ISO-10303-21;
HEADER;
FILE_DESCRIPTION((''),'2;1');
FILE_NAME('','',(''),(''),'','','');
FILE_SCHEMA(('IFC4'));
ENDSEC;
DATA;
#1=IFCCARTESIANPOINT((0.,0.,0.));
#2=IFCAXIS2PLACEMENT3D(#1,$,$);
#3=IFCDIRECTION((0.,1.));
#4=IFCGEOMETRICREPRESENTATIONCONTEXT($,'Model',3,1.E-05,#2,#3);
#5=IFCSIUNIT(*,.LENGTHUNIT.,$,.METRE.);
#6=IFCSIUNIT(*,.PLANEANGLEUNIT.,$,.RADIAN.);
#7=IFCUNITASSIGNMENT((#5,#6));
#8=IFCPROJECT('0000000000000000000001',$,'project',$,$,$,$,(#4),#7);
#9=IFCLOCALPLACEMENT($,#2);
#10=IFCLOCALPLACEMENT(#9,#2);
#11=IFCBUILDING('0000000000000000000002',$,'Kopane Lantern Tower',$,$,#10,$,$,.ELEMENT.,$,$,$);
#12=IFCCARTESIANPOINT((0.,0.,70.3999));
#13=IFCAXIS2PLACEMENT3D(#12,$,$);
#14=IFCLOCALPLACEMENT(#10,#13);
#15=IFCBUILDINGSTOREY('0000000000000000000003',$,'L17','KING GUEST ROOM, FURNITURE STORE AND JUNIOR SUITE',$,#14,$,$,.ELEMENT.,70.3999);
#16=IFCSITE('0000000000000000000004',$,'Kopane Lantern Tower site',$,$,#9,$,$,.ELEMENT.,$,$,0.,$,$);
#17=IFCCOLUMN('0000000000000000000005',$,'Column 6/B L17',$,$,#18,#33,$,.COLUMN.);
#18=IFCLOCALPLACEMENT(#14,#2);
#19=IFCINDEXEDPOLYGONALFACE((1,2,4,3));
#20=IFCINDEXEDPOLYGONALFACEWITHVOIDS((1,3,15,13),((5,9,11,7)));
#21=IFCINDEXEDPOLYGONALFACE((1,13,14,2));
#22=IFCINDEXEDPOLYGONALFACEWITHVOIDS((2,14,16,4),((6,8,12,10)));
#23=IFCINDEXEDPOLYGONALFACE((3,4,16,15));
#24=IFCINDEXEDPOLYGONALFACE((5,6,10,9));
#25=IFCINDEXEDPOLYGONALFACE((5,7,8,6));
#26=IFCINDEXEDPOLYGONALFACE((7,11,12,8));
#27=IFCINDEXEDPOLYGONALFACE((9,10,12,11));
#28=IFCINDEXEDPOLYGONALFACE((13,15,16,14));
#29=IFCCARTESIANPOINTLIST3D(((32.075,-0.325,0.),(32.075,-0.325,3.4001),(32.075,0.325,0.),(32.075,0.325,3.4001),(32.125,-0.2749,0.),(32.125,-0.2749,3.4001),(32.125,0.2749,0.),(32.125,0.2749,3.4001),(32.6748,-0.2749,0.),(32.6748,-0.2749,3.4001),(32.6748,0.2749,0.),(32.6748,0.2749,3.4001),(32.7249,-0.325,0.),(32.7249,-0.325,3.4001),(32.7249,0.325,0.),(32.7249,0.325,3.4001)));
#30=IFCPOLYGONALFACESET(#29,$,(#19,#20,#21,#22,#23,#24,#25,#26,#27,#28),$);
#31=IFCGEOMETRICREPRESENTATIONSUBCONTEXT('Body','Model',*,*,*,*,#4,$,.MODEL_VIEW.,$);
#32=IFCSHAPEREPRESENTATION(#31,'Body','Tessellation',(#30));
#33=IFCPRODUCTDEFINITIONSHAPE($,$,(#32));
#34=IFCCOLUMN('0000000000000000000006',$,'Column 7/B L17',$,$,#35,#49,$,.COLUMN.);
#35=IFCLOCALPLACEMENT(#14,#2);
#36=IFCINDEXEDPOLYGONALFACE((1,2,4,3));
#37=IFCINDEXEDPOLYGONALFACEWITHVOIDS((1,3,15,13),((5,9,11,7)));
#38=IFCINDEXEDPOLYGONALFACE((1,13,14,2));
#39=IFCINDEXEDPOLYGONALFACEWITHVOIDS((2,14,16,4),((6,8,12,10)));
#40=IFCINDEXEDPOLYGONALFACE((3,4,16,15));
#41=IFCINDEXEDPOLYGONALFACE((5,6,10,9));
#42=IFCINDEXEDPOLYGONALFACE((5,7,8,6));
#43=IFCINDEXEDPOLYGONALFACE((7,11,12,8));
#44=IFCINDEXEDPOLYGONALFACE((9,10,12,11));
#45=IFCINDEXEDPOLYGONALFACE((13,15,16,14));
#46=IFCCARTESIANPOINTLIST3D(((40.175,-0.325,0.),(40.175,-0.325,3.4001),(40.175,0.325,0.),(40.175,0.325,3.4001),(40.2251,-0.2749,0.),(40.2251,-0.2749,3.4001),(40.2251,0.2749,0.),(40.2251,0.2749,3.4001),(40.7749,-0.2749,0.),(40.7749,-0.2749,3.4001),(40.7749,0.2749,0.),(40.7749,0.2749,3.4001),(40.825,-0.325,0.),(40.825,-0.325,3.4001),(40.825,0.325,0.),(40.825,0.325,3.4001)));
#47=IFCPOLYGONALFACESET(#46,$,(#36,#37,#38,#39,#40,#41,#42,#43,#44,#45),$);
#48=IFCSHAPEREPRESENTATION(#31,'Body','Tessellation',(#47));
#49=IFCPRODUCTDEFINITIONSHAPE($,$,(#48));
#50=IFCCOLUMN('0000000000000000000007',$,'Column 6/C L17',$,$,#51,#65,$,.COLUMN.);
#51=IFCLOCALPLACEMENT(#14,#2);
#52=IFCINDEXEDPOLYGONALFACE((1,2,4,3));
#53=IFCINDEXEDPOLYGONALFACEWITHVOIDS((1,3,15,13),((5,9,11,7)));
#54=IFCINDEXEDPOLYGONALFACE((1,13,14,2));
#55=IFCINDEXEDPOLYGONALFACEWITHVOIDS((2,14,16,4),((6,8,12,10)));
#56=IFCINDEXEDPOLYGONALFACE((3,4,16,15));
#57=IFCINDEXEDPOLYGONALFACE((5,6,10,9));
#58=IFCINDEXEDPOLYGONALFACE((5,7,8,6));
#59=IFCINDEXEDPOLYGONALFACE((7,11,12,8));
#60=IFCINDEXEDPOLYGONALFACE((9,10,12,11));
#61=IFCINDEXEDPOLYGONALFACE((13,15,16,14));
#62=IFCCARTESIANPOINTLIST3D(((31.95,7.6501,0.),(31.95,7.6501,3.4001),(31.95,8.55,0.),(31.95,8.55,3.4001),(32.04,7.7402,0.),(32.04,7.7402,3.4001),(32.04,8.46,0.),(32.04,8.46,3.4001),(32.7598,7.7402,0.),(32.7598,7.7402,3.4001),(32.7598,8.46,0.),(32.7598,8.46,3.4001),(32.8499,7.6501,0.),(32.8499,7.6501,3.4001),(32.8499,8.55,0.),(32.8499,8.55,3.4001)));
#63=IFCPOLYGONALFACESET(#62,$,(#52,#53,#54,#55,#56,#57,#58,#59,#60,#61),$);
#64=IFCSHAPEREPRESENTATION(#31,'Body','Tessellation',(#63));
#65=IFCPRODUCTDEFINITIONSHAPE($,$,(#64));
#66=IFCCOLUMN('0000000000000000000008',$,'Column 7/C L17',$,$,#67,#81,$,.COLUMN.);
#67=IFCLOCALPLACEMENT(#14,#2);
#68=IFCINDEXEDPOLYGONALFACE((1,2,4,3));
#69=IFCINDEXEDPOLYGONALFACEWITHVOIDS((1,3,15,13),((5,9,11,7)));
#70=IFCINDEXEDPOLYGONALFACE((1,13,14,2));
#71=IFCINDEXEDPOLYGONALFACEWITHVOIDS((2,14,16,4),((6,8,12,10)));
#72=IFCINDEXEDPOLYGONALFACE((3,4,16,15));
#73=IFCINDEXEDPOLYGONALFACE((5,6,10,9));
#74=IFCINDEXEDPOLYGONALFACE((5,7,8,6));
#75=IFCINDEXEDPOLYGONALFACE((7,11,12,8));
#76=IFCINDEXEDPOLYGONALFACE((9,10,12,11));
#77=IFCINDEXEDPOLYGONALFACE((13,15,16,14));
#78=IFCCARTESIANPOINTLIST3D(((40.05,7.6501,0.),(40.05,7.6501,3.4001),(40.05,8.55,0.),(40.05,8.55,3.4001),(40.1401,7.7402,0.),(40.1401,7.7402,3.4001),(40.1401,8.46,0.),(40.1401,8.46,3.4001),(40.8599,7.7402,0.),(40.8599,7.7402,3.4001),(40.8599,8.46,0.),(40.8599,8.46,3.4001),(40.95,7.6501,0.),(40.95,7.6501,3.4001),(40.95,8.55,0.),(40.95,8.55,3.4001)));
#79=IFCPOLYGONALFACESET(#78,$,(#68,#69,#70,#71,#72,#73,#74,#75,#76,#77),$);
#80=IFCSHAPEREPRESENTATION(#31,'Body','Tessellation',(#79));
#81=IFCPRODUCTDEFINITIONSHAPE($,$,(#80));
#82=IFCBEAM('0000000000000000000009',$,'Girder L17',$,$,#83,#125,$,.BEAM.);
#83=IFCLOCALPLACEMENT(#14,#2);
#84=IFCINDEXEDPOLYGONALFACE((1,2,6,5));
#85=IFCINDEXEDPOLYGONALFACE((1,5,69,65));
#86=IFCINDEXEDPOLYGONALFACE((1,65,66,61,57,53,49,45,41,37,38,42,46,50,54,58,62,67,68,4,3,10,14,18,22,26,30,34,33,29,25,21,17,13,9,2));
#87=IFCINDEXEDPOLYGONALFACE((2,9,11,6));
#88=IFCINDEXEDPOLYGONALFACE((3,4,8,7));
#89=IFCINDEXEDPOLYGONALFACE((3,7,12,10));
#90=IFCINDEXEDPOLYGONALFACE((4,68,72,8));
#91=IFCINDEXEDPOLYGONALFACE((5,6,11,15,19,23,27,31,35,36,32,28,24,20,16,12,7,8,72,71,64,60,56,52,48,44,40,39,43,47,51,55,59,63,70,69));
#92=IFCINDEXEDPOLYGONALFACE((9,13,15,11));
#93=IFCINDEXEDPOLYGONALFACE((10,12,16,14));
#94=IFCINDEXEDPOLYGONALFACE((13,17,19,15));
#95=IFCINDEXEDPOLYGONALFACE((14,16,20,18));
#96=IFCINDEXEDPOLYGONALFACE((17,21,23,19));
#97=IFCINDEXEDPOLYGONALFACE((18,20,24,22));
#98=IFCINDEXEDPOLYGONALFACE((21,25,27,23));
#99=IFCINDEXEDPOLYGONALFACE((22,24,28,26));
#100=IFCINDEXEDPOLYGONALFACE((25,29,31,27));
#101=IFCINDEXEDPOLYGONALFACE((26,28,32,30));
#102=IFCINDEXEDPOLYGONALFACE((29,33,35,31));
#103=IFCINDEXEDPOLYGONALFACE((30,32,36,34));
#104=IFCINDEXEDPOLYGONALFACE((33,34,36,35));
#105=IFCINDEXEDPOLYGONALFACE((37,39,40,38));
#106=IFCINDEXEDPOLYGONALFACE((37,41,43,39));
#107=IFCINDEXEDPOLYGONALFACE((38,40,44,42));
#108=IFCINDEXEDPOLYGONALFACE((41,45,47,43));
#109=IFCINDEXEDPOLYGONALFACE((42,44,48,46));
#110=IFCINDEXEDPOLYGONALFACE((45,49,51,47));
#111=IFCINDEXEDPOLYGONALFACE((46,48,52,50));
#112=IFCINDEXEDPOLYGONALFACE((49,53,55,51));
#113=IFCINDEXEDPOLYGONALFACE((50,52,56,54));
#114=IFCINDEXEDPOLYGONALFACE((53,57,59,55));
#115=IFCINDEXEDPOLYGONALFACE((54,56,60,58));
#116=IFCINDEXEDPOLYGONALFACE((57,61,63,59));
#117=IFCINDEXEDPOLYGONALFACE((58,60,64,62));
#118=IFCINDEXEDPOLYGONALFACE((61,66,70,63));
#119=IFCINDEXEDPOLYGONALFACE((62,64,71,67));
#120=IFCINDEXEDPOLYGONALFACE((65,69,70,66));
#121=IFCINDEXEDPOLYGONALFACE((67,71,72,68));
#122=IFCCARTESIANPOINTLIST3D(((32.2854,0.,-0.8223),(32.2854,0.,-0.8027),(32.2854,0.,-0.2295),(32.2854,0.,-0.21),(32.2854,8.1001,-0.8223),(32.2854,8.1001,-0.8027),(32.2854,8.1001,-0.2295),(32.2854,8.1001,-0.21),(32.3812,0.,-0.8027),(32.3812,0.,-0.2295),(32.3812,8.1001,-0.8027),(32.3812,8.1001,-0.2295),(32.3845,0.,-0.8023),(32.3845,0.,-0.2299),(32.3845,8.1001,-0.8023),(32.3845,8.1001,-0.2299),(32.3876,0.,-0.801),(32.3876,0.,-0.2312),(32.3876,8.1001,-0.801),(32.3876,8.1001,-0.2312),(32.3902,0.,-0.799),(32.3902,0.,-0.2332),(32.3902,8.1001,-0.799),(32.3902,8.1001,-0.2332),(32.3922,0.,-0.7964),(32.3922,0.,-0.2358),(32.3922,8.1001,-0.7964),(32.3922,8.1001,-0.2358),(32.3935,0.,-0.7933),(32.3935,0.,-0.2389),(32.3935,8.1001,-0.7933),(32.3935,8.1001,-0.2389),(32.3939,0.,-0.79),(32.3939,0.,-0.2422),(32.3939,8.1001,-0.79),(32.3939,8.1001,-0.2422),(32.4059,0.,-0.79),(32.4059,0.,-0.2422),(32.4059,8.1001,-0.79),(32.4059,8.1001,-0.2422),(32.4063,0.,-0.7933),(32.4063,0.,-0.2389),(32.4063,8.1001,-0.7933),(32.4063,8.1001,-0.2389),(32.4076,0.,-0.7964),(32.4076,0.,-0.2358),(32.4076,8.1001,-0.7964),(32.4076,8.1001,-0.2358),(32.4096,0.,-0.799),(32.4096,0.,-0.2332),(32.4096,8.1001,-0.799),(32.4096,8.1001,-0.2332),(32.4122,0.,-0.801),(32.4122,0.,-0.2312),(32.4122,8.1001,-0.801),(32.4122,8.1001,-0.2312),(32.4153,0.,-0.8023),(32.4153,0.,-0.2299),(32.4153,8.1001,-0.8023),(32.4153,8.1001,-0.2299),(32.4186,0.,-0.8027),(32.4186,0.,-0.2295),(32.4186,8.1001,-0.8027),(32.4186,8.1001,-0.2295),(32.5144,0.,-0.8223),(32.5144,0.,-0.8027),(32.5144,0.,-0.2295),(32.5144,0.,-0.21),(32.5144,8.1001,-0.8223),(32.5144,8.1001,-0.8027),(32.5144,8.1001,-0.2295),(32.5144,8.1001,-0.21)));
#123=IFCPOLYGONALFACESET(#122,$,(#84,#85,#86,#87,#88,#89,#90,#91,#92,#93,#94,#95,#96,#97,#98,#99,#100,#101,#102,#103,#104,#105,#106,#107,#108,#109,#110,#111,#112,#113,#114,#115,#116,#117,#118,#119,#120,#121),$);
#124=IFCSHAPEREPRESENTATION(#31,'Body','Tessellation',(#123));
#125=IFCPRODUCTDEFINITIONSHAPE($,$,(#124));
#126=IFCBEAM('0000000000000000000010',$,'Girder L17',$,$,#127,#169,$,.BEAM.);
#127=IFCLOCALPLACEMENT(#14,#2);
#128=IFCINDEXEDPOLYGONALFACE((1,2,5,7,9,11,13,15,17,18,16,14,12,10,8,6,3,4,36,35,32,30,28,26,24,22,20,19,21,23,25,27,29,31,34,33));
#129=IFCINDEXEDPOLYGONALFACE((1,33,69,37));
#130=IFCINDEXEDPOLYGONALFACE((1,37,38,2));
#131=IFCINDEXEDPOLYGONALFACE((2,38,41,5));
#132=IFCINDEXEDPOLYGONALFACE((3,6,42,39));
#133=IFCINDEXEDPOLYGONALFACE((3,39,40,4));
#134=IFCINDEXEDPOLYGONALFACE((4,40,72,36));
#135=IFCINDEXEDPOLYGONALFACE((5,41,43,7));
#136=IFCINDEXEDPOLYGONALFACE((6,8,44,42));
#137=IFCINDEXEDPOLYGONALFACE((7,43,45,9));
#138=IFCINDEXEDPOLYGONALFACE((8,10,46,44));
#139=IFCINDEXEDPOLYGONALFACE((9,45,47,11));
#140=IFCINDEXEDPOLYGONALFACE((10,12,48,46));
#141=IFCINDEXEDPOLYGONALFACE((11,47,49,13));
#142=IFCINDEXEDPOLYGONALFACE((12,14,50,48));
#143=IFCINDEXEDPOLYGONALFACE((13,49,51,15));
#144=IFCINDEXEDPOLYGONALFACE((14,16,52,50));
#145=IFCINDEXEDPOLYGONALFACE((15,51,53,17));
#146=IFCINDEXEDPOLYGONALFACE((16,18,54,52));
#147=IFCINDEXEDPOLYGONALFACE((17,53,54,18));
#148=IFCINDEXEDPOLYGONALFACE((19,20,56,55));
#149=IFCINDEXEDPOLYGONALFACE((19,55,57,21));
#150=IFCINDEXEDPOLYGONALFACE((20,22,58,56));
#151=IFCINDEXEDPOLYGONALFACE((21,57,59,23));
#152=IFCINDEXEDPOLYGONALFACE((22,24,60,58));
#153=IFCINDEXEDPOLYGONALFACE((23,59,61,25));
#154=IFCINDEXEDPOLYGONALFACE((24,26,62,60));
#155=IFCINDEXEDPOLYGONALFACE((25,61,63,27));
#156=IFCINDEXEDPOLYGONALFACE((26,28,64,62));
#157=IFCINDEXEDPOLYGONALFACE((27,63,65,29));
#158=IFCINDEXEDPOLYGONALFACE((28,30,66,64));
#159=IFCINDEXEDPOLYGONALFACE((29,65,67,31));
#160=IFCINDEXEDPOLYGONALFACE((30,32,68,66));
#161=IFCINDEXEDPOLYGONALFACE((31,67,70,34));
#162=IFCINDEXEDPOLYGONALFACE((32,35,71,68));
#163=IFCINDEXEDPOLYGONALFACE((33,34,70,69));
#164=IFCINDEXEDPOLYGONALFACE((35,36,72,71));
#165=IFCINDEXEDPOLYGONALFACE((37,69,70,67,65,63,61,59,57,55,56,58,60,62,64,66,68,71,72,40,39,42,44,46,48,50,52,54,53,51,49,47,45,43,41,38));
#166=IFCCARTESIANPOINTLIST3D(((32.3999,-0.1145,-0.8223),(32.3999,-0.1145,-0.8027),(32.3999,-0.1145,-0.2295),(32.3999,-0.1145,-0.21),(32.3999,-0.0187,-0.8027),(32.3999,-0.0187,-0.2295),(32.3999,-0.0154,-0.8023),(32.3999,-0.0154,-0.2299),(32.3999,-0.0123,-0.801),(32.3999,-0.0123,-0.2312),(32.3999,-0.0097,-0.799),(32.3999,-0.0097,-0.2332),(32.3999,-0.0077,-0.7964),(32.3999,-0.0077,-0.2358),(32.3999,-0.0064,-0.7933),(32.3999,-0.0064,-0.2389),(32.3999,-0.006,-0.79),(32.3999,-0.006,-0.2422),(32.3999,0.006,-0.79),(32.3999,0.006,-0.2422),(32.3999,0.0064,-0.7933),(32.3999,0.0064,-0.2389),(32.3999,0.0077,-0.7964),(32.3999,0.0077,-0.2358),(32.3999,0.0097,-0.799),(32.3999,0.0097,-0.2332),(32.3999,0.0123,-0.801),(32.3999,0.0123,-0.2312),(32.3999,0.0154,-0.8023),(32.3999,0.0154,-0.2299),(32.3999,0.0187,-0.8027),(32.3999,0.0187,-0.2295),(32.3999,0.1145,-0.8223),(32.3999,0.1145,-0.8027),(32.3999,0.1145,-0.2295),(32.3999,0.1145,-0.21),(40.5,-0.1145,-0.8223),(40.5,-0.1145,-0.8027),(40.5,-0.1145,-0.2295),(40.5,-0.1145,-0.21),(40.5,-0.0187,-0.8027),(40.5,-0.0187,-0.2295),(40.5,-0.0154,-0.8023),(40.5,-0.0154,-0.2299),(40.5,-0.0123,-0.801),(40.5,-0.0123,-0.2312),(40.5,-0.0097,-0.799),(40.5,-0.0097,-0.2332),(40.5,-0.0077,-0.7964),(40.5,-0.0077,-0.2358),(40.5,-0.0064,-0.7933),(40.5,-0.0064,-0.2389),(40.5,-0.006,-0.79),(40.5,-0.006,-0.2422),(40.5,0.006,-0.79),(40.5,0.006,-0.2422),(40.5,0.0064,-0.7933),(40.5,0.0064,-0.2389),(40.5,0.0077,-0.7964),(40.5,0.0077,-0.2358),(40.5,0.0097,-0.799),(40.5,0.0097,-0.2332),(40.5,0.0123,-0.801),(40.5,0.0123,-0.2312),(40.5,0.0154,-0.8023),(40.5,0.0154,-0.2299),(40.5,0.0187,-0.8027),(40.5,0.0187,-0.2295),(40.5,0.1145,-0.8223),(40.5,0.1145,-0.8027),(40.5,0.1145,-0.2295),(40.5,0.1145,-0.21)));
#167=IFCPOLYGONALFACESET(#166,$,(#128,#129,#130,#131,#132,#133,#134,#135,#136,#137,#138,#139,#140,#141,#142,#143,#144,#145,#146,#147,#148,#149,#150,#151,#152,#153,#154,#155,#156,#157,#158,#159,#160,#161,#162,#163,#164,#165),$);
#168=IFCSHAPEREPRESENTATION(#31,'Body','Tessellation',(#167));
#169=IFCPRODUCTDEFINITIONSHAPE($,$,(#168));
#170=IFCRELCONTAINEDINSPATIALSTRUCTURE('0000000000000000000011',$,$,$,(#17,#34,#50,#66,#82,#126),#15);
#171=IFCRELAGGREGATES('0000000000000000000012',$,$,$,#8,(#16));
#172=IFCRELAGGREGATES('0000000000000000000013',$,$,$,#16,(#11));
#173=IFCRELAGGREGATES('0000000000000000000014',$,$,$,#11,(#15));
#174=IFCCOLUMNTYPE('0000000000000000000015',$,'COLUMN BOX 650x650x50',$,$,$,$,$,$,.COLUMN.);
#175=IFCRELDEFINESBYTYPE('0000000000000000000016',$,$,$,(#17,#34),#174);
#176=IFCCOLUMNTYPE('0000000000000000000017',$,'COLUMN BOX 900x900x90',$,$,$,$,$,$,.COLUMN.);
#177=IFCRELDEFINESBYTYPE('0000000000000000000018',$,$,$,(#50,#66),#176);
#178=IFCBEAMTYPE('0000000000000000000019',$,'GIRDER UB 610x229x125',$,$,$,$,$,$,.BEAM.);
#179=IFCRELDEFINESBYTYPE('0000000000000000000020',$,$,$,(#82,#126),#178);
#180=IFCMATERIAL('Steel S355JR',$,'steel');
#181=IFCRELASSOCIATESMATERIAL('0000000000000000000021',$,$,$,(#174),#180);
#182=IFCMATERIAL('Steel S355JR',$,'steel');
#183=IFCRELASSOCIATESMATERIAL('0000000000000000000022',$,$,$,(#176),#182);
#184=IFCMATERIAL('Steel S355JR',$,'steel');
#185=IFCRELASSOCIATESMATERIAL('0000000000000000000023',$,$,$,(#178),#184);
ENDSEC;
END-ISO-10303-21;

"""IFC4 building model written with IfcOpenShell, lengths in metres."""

from ifc_helpers import new_model, si_unit, direction, frame, origin, origin_2d, place, context, subcontext, project, spatial, hollow_rectangle, i_section, extrude, material, material_profile, profile_set, type_object, element, save


model = new_model("IFC4")

# Units and contexts
model_context = context("Model", 3, precision=1e-05, world=origin(), true_north=direction((0.0, 1.0)))
body_context = subcontext(model_context, "Body", "Model", "MODEL_VIEW")
ifc_project = project(units=[si_unit("LENGTHUNIT", "METRE"), si_unit("PLANEANGLEUNIT", "RADIAN")], contexts=[model_context])

# Site, building, storey
site_placement = place(None, origin())
site = spatial("IfcSite", under=ifc_project, at=site_placement, Name="Kopane Lantern Tower site", CompositionType="ELEMENT", RefElevation=0.0)
building_placement = place(site_placement, origin())
building = spatial("IfcBuilding", under=site, at=building_placement, Name="Kopane Lantern Tower", CompositionType="ELEMENT")
storey_placement = place(building_placement, frame((0.0, 0.0, 70.3999)))
storey = spatial("IfcBuildingStorey", under=building, at=storey_placement, Name="L17", Description="KING GUEST ROOM, FURNITURE STORE AND JUNIOR SUITE", CompositionType="ELEMENT", Elevation=70.3999)

# Columns
ifc_material_1 = material(Name="Steel S355JR", Category="steel")
ifc_material_profile_1 = material_profile(ifc_material_1, hollow_rectangle(XDim=0.6499, YDim=0.6499, WallThickness=0.05, at=origin_2d()), Name="BOX 650x650x50")
ifc_profile_set_1 = profile_set([ifc_material_profile_1], Name="Steel S355JR")
column_type_1 = type_object("IfcColumnType", Name="COLUMN BOX 650x650x50", PredefinedType="COLUMN", material=ifc_profile_set_1)
for number, where, z_axis, x_axis, name in (
    (1, (32.3999, 0.0, 0.0), (0.0, 0.0, 1.0), (1.0, 0.0, 0.0), "Column 6/B L17"),
    (2, (40.5, 0.0, 0.0), (0.0, 0.0, 1.0), (1.0, 0.0, 0.0), "Column 7/B L17"),
):
    element("IfcColumn", number, at=place(storey_placement, frame(where, z_axis=z_axis, x_axis=x_axis)), inside=storey, type_object=column_type_1, Name=name, PredefinedType="COLUMN", context=body_context, shape_type="SweptSolid", body=[
        extrude(hollow_rectangle(XDim=0.6499, YDim=0.6499, WallThickness=0.05, at=origin_2d()), origin(), (0.0, 0.0, 1.0), 3.4001),
    ])
ifc_material_2 = material(Name="Steel S355JR", Category="steel")
ifc_material_profile_2 = material_profile(ifc_material_2, hollow_rectangle(XDim=0.8999, YDim=0.8999, WallThickness=0.0901, at=origin_2d()), Name="BOX 900x900x90")
ifc_profile_set_2 = profile_set([ifc_material_profile_2], Name="Steel S355JR")
column_type_2 = type_object("IfcColumnType", Name="COLUMN BOX 900x900x90", PredefinedType="COLUMN", material=ifc_profile_set_2)
for number, where, z_axis, x_axis, name in (
    (3, (32.3999, 8.1001, 0.0), (0.0, 0.0, 1.0), (1.0, 0.0, 0.0), "Column 6/C L17"),
    (4, (40.5, 8.1001, 0.0), (0.0, 0.0, 1.0), (1.0, 0.0, 0.0), "Column 7/C L17"),
):
    element("IfcColumn", number, at=place(storey_placement, frame(where, z_axis=z_axis, x_axis=x_axis)), inside=storey, type_object=column_type_2, Name=name, PredefinedType="COLUMN", context=body_context, shape_type="SweptSolid", body=[
        extrude(hollow_rectangle(XDim=0.8999, YDim=0.8999, WallThickness=0.0901, at=origin_2d()), origin(), (0.0, 0.0, 1.0), 3.4001),
    ])

# Beams
ifc_material_3 = material(Name="Steel S355JR", Category="steel")
ifc_material_profile_3 = material_profile(ifc_material_3, i_section(OverallWidth=0.229, OverallDepth=0.6123, WebThickness=0.012, FlangeThickness=0.0195, FilletRadius=0.0127, at=origin_2d()), Name="UB 610x229x125")
ifc_profile_set_3 = profile_set([ifc_material_profile_3], Name="Steel S355JR")
beam_type = type_object("IfcBeamType", Name="GIRDER UB 610x229x125", PredefinedType="BEAM", material=ifc_profile_set_3)
for number, where, z_axis, x_axis, name in (
    (5, (32.3999, 0.0, -0.5161), (0.0, 1.0, 0.0), (-1.0, 0.0, 0.0), "Girder L17"),
    (6, (32.3999, 0.0, -0.5161), (1.0, 0.0, 0.0), (0.0, 1.0, 0.0), "Girder L17"),
):
    element("IfcBeam", number, at=place(storey_placement, frame(where, z_axis=z_axis, x_axis=x_axis)), inside=storey, type_object=beam_type, Name=name, PredefinedType="BEAM", context=body_context, shape_type="SweptSolid", body=[
        extrude(i_section(OverallWidth=0.229, OverallDepth=0.6123, WebThickness=0.012, FlangeThickness=0.0195, FilletRadius=0.0127, at=origin_2d()), origin(), (0.0, 0.0, 1.0), 8.1001),
    ])

save(model, "model.ifc")
